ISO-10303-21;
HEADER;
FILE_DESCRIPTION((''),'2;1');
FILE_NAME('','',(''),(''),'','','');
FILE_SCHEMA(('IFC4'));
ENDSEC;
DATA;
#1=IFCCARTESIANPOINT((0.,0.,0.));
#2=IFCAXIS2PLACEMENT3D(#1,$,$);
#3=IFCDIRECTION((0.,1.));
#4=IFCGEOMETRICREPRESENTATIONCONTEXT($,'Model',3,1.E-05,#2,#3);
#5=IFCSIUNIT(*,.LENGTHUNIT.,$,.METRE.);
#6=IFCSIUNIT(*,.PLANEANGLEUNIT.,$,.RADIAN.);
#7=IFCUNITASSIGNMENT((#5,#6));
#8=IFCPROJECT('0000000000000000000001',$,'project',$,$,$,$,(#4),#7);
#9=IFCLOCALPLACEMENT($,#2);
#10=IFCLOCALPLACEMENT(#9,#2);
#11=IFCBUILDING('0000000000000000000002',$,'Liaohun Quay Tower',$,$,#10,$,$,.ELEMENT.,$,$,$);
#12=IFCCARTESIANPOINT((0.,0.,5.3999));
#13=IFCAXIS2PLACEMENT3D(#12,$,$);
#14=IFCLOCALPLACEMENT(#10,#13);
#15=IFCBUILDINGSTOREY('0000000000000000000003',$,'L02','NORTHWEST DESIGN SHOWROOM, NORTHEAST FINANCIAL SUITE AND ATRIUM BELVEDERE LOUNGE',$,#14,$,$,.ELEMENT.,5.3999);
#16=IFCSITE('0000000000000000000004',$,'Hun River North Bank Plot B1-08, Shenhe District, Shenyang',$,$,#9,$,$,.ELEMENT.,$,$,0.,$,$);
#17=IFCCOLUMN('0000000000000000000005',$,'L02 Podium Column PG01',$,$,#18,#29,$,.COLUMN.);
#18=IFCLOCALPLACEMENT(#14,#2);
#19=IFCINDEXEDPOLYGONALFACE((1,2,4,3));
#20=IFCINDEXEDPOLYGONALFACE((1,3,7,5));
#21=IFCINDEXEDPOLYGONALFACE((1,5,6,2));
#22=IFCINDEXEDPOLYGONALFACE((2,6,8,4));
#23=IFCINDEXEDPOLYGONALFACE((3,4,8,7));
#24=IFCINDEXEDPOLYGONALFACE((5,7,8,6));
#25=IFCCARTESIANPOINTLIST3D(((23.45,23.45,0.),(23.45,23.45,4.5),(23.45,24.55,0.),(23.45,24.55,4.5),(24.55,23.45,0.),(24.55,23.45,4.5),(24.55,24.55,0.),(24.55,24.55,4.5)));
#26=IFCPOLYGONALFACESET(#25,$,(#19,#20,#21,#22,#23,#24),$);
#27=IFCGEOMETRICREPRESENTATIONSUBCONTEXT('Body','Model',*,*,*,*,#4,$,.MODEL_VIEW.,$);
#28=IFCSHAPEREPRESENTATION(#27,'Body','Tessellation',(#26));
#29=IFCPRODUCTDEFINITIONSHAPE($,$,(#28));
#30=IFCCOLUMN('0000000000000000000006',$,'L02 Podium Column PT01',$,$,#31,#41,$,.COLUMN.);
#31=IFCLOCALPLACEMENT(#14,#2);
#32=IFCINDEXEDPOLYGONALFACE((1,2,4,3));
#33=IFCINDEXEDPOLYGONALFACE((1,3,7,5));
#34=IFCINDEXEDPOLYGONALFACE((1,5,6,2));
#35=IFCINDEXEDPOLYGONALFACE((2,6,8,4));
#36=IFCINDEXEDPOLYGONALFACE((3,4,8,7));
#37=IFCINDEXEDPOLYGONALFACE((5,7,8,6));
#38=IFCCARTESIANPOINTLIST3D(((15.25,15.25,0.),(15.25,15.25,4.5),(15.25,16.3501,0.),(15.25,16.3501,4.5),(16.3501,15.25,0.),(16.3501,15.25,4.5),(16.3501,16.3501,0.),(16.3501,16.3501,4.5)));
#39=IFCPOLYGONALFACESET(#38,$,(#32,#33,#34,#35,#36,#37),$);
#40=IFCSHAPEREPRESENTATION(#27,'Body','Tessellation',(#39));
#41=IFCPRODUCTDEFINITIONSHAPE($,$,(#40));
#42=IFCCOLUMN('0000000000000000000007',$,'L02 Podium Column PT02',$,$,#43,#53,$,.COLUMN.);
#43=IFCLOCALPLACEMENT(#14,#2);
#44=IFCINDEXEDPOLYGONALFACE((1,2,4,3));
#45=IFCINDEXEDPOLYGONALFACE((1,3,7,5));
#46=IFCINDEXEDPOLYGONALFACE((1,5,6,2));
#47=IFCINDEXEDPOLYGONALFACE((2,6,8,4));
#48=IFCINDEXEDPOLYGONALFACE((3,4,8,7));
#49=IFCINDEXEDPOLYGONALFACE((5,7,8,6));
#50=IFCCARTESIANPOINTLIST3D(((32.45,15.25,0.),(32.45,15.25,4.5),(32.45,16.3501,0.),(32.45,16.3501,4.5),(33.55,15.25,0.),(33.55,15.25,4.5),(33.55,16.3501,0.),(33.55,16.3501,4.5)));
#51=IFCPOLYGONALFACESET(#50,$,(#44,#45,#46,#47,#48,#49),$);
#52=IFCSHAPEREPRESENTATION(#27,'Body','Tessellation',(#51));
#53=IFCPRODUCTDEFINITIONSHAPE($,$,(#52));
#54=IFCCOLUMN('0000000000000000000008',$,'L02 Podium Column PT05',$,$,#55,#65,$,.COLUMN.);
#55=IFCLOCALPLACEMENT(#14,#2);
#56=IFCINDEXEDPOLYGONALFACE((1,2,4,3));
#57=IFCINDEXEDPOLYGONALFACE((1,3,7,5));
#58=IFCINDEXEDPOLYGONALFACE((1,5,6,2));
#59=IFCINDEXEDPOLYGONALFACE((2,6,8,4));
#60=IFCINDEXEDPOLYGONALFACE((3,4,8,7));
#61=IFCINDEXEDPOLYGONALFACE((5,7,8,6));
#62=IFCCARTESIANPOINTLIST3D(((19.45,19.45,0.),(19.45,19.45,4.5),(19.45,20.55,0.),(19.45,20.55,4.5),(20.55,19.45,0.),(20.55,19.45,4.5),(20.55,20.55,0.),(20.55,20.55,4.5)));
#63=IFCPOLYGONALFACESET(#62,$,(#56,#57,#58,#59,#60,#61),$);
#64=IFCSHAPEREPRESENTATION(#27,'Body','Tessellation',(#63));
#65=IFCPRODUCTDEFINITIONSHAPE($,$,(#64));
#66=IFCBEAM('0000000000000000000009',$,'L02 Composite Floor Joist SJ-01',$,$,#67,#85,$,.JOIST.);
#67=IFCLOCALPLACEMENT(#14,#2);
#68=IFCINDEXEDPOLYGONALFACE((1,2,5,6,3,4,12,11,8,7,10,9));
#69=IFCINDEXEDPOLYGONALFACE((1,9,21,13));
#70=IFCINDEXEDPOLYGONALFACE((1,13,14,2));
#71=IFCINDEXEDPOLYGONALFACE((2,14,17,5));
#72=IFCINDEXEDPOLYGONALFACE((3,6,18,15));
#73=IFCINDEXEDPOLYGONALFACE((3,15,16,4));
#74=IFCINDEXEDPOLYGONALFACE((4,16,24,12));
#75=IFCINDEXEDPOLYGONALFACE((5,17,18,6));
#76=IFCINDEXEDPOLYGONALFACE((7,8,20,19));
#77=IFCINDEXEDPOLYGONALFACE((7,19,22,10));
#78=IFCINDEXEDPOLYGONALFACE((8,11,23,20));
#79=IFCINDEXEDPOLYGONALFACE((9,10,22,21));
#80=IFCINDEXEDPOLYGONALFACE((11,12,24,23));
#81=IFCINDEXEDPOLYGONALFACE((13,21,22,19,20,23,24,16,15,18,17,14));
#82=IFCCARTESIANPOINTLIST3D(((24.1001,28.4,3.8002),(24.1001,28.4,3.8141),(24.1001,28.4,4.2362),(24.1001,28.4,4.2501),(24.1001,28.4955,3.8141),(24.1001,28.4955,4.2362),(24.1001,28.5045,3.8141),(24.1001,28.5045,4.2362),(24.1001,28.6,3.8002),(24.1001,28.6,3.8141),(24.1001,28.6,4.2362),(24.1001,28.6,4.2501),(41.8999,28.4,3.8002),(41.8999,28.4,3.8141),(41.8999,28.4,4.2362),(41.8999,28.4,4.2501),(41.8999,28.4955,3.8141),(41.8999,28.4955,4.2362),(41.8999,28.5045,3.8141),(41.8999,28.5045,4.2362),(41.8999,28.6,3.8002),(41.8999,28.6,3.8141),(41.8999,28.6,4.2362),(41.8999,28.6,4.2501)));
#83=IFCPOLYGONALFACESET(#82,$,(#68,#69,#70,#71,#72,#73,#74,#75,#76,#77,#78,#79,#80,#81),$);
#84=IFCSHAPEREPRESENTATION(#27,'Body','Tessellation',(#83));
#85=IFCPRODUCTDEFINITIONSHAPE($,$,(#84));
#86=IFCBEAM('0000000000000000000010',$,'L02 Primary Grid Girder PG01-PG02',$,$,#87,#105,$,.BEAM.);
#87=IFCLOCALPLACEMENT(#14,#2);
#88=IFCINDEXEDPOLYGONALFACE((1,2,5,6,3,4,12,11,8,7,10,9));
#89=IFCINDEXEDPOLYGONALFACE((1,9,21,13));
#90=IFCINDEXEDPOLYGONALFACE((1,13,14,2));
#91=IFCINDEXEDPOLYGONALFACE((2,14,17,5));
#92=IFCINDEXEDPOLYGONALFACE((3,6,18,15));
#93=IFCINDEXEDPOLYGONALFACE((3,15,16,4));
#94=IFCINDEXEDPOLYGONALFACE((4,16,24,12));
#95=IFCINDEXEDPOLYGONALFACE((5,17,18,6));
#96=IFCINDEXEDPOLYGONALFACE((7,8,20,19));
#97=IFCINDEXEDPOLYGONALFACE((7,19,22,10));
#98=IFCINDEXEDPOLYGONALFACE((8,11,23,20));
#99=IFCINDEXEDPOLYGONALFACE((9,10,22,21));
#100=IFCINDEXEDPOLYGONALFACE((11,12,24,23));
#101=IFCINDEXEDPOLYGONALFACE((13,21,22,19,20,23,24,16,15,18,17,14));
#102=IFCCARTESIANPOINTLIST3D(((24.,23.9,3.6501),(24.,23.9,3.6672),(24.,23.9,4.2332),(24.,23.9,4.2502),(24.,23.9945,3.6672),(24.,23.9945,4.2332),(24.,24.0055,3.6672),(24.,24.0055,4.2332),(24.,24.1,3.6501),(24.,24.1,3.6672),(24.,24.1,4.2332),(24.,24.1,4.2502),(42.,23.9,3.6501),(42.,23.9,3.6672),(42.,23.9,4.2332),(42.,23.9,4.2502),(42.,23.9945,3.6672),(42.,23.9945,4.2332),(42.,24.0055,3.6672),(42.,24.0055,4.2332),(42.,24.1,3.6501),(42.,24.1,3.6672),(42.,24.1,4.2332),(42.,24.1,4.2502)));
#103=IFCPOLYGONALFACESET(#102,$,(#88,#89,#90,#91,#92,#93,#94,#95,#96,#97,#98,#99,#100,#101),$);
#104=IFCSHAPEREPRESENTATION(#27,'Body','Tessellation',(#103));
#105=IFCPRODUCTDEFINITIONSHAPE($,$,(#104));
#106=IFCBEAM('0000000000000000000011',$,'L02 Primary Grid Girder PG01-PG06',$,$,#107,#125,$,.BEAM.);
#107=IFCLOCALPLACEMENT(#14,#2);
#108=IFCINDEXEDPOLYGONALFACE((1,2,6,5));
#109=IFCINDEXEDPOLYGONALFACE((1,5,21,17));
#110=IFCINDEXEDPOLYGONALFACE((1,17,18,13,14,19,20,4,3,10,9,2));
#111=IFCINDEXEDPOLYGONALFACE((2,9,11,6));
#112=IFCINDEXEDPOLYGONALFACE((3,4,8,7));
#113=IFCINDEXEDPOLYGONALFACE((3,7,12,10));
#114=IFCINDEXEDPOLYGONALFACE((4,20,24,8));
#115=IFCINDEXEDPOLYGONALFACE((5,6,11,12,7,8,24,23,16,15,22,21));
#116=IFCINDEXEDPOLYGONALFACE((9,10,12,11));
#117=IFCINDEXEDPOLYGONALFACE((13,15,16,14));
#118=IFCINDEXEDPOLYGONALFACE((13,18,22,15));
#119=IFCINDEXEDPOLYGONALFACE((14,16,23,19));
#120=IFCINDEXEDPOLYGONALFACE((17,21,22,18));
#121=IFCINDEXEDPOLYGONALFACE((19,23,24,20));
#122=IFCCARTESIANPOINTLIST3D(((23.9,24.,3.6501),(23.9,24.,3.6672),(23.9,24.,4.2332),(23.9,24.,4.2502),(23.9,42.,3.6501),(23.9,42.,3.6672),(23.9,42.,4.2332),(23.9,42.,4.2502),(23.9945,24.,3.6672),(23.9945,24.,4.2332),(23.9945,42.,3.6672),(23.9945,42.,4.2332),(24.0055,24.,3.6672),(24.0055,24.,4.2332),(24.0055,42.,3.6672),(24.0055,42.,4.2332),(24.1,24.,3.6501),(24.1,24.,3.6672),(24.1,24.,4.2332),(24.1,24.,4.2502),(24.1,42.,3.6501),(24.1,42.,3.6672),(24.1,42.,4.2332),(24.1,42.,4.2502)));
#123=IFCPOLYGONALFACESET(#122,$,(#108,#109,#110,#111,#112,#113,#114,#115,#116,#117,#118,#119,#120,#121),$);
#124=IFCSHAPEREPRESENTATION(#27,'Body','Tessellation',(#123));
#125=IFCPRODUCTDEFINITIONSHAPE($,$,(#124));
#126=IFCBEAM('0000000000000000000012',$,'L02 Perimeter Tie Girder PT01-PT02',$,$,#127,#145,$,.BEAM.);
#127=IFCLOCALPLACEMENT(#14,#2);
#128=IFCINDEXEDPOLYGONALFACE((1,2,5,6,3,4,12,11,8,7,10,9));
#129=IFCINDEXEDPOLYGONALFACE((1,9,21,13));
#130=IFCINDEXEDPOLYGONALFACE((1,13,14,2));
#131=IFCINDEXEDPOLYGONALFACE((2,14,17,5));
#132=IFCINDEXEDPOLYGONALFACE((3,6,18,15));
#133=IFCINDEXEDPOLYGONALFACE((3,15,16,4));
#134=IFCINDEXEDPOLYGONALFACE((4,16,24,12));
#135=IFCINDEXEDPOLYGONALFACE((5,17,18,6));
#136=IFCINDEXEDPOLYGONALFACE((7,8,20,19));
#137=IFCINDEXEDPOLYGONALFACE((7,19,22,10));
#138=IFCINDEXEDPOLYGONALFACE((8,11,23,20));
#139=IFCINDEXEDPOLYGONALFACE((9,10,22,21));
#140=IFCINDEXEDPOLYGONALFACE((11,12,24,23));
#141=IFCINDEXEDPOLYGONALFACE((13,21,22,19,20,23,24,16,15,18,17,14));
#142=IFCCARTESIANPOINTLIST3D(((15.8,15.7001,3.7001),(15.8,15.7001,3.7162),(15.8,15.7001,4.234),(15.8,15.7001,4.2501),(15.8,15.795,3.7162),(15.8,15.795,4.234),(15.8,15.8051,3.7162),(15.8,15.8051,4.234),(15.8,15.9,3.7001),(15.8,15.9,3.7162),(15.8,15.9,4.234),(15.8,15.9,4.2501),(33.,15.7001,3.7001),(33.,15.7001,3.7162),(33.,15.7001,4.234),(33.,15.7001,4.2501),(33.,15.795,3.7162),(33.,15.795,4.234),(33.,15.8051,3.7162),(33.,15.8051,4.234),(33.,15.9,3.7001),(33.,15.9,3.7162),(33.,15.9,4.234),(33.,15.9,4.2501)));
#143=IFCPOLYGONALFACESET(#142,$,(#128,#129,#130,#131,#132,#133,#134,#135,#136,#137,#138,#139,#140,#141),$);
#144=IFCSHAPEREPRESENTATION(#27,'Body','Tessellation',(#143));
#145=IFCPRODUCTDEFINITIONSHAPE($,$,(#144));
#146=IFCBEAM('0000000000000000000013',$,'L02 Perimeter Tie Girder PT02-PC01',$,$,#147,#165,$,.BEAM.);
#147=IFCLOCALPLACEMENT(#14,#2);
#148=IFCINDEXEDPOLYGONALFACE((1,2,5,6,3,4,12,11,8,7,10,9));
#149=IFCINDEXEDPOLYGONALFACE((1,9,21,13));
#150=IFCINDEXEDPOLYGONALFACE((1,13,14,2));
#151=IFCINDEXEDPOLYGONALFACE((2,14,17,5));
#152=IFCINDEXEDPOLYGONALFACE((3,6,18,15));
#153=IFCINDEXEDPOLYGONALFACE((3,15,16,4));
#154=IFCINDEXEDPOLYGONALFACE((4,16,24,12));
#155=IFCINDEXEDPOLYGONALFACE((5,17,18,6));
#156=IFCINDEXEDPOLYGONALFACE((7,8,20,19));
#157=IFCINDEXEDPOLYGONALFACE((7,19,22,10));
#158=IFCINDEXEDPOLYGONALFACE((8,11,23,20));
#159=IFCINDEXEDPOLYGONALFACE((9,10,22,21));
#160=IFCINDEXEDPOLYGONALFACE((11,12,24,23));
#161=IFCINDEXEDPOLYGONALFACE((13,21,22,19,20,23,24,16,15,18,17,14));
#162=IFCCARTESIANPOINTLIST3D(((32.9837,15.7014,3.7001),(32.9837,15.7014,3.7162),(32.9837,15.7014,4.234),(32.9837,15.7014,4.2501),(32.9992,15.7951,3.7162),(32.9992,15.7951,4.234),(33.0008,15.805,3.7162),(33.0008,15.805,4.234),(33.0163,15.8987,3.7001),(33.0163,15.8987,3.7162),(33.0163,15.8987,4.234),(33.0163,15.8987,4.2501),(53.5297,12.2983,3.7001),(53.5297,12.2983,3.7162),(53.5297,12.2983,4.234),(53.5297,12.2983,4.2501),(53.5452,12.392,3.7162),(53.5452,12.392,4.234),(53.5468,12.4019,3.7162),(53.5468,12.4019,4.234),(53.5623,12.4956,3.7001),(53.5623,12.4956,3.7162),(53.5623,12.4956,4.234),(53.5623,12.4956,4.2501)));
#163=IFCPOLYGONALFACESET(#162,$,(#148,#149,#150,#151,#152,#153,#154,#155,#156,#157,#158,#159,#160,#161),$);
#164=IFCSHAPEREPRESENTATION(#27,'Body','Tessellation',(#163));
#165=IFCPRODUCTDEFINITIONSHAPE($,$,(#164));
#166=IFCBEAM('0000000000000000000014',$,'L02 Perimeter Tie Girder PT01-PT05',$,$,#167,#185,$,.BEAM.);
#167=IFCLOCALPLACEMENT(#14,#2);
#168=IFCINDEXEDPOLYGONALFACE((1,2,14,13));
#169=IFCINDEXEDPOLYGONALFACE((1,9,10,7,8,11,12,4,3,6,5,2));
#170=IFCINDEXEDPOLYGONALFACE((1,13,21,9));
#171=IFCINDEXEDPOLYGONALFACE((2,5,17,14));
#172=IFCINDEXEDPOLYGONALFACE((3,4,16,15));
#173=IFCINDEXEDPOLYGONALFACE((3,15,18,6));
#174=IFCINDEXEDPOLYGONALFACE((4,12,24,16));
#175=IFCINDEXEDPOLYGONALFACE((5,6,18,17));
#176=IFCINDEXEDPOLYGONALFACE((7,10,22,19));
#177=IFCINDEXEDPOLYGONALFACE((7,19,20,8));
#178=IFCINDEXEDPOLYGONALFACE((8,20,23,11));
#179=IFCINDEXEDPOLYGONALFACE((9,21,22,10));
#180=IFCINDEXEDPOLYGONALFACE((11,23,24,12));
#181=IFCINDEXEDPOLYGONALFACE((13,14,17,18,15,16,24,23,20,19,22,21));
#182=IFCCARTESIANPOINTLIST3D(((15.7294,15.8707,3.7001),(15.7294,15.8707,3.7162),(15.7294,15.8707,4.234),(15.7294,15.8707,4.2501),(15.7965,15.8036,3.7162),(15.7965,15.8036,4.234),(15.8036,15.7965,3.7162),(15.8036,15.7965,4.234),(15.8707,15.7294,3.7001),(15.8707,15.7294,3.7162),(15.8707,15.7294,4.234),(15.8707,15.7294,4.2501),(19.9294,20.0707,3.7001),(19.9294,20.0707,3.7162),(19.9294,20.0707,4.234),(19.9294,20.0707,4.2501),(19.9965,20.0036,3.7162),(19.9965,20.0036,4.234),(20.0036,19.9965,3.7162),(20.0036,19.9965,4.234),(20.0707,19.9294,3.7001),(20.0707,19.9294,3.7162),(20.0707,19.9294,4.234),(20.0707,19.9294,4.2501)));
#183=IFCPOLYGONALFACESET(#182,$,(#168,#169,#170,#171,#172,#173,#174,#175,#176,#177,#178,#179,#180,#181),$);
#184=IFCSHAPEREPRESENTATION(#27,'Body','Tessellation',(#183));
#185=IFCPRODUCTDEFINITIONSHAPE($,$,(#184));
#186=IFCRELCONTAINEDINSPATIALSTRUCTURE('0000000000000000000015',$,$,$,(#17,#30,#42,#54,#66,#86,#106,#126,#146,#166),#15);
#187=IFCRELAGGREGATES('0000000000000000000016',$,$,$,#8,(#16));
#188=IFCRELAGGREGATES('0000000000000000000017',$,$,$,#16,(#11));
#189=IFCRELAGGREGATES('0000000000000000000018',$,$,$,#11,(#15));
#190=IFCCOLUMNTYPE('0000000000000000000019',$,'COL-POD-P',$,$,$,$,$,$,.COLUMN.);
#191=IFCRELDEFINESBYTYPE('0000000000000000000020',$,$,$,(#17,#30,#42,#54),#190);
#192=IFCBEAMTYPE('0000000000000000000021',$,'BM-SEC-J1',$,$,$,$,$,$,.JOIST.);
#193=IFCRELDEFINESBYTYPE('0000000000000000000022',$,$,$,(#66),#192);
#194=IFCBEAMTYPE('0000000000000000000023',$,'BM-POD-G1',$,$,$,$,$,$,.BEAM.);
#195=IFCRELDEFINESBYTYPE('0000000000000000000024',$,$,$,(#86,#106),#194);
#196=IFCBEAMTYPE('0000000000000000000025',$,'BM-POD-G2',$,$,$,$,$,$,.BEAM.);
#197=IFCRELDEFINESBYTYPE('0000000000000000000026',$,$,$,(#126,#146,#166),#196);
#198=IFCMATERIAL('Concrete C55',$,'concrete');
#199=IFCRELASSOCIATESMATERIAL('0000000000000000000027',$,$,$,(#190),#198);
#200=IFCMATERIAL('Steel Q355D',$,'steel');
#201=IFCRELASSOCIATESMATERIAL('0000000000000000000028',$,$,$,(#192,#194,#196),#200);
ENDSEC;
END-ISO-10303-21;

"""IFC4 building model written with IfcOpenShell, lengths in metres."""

from ifc_helpers import new_model, si_unit, direction, frame, origin, origin_2d, place, context, subcontext, project, spatial, rectangle, i_section, extrude, source, transform, mapped, material, material_profile, profile_set, type_object, element, save


model = new_model("IFC4")

# Units and contexts
model_context = context("Model", 3, precision=1e-05, world=origin(), true_north=direction((0.0, 1.0)))
body_context = subcontext(model_context, "Body", "Model", "MODEL_VIEW")
ifc_project = project(units=[si_unit("LENGTHUNIT", "METRE"), si_unit("PLANEANGLEUNIT", "RADIAN")], contexts=[model_context])

# Site, building, storey
site_placement = place(None, origin())
site = spatial("IfcSite", under=ifc_project, at=site_placement, Name="Hun River North Bank Plot B1-08, Shenhe District, Shenyang", CompositionType="ELEMENT", RefElevation=0.0)
building_placement = place(site_placement, origin())
building = spatial("IfcBuilding", under=site, at=building_placement, Name="Liaohun Quay Tower", CompositionType="ELEMENT")
storey_placement = place(building_placement, frame((0.0, 0.0, 5.3999)))
storey = spatial("IfcBuildingStorey", under=building, at=storey_placement, Name="L02", Description="NORTHWEST DESIGN SHOWROOM, NORTHEAST FINANCIAL SUITE AND ATRIUM BELVEDERE LOUNGE", CompositionType="ELEMENT", Elevation=5.3999)

# Columns
ifc_material_1 = material(Name="Concrete C55", Category="concrete")
ifc_material_profile_1 = material_profile(ifc_material_1, rectangle(XDim=1.1001, YDim=1.1001, at=origin_2d()), Name="RC1100x1100")
ifc_profile_set_1 = profile_set([ifc_material_profile_1], Name="Concrete C55")
column_type = type_object("IfcColumnType", Name="COL-POD-P", PredefinedType="COLUMN", material=ifc_profile_set_1)
shared_shape_1 = source(origin(), body_context, "Body", "SweptSolid", [
    extrude(rectangle(XDim=1.1001, YDim=1.1001, at=origin_2d()), origin(), (0.0, 0.0, 1.0), 4.5),
])
for number, where, z_axis, x_axis, name in (
    (1, (24.0, 24.0, 0.0), (0.0, 0.0, 1.0), (1.0, 0.0, 0.0), "L02 Podium Column PG01"),
    (2, (15.8, 15.8, 0.0), (0.0, 0.0, 1.0), (1.0, 0.0, 0.0), "L02 Podium Column PT01"),
    (3, (33.0, 15.8, 0.0), (0.0, 0.0, 1.0), (1.0, 0.0, 0.0), "L02 Podium Column PT02"),
    (4, (20.0, 20.0, 0.0), (0.0, 0.0, 1.0), (1.0, 0.0, 0.0), "L02 Podium Column PT05"),
):
    element("IfcColumn", number, at=place(storey_placement, frame(where, z_axis=z_axis, x_axis=x_axis)), inside=storey, type_object=column_type, Name=name, PredefinedType="COLUMN", context=body_context, shape_type="MappedRepresentation", body=[
        mapped(shared_shape_1, transform((0.0, 0.0, 0.0), x_axis=(1.0, 0.0, 0.0), y_axis=(0.0, 1.0, 0.0), z_axis=(0.0, 0.0, 1.0), scale=1.0)),
    ])

# Beams
ifc_material_2 = material(Name="Steel Q355D", Category="steel")
ifc_material_profile_2 = material_profile(ifc_material_2, i_section(OverallWidth=0.2, OverallDepth=0.45, WebThickness=0.009, FlangeThickness=0.0139, at=origin_2d()), Name="HN450x200x9x14")
ifc_profile_set_2 = profile_set([ifc_material_profile_2], Name="Steel Q355D")
beam_type_1 = type_object("IfcBeamType", Name="BM-SEC-J1", PredefinedType="JOIST", material=ifc_profile_set_2)
shared_shape_2 = source(origin(), body_context, "Body", "SweptSolid", [
    extrude(i_section(OverallWidth=0.2, OverallDepth=0.45, WebThickness=0.009, FlangeThickness=0.0139, at=origin_2d()), origin(), (0.0, 0.0, 1.0), 17.7998),
])
beam_1_placement = place(storey_placement, frame((24.1001, 28.5, 4.0251), z_axis=(1.0, 0.0, 0.0), x_axis=(0.0, 1.0, 0.0)))
element("IfcBeam", 5, at=beam_1_placement, inside=storey, type_object=beam_type_1, Name="L02 Composite Floor Joist SJ-01", PredefinedType="JOIST", context=body_context, shape_type="MappedRepresentation", body=[
    mapped(shared_shape_2, transform((0.0, 0.0, 0.0), x_axis=(1.0, 0.0, 0.0), y_axis=(0.0, 1.0, 0.0), z_axis=(0.0, 0.0, 1.0), scale=1.0)),
])
ifc_material_profile_3 = material_profile(ifc_material_2, i_section(OverallWidth=0.2, OverallDepth=0.6001, WebThickness=0.011, FlangeThickness=0.0171, at=origin_2d()), Name="HN600x200x11x17")
ifc_profile_set_3 = profile_set([ifc_material_profile_3], Name="Steel Q355D")
beam_type_2 = type_object("IfcBeamType", Name="BM-POD-G1", PredefinedType="BEAM", material=ifc_profile_set_3)
shared_shape_3 = source(origin(), body_context, "Body", "SweptSolid", [
    extrude(i_section(OverallWidth=0.2, OverallDepth=0.6001, WebThickness=0.011, FlangeThickness=0.0171, at=origin_2d()), origin(), (0.0, 0.0, 1.0), 18.0),
])
for number, where, z_axis, x_axis, name in (
    (6, (24.0, 24.0, 3.9502), (1.0, 0.0, 0.0), (0.0, 1.0, 0.0), "L02 Primary Grid Girder PG01-PG02"),
    (7, (24.0, 24.0, 3.9502), (0.0, 1.0, 0.0), (-1.0, 0.0, 0.0), "L02 Primary Grid Girder PG01-PG06"),
):
    element("IfcBeam", number, at=place(storey_placement, frame(where, z_axis=z_axis, x_axis=x_axis)), inside=storey, type_object=beam_type_2, Name=name, PredefinedType="BEAM", context=body_context, shape_type="MappedRepresentation", body=[
        mapped(shared_shape_3, transform((0.0, 0.0, 0.0), x_axis=(1.0, 0.0, 0.0), y_axis=(0.0, 1.0, 0.0), z_axis=(0.0, 0.0, 1.0), scale=1.0)),
    ])
ifc_material_profile_4 = material_profile(ifc_material_2, i_section(OverallWidth=0.2, OverallDepth=0.55, WebThickness=0.01, FlangeThickness=0.0161, at=origin_2d()), Name="HN550x200x10x16")
ifc_profile_set_4 = profile_set([ifc_material_profile_4], Name="Steel Q355D")
beam_type_3 = type_object("IfcBeamType", Name="BM-POD-G2", PredefinedType="BEAM", material=ifc_profile_set_4)
shared_shape_4 = source(origin(), body_context, "Body", "SweptSolid", [
    extrude(i_section(OverallWidth=0.2, OverallDepth=0.55, WebThickness=0.01, FlangeThickness=0.0161, at=origin_2d()), origin(), (0.0, 0.0, 1.0), 17.2),
])
beam_2_placement = place(storey_placement, frame((15.8, 15.8, 3.9751), z_axis=(1.0, 0.0, 0.0), x_axis=(0.0, 1.0, 0.0)))
element("IfcBeam", 8, at=beam_2_placement, inside=storey, type_object=beam_type_3, Name="L02 Perimeter Tie Girder PT01-PT02", PredefinedType="BEAM", context=body_context, shape_type="MappedRepresentation", body=[
    mapped(shared_shape_4, transform((0.0, 0.0, 0.0), x_axis=(1.0, 0.0, 0.0), y_axis=(0.0, 1.0, 0.0), z_axis=(0.0, 0.0, 1.0), scale=1.0)),
])
shared_shape_5 = source(origin(), body_context, "Body", "SweptSolid", [
    extrude(i_section(OverallWidth=0.2, OverallDepth=0.55, WebThickness=0.01, FlangeThickness=0.0161, at=origin_2d()), origin(), (0.0, 0.0, 1.0), 20.8259),
])
beam_3_placement = place(storey_placement, frame((33.0, 15.8, 3.9751), z_axis=(0.986559, -0.163407, 0.0), x_axis=(0.163407, 0.986559, 0.0)))
element("IfcBeam", 9, at=beam_3_placement, inside=storey, type_object=beam_type_3, Name="L02 Perimeter Tie Girder PT02-PC01", PredefinedType="BEAM", context=body_context, shape_type="MappedRepresentation", body=[
    mapped(shared_shape_5, transform((0.0, 0.0, 0.0), x_axis=(1.0, 0.0, 0.0), y_axis=(0.0, 1.0, 0.0), z_axis=(0.0, 0.0, 1.0), scale=1.0)),
])
shared_shape_6 = source(origin(), body_context, "Body", "SweptSolid", [
    extrude(i_section(OverallWidth=0.2, OverallDepth=0.55, WebThickness=0.01, FlangeThickness=0.0161, at=origin_2d()), origin(), (0.0, 0.0, 1.0), 5.9397),
])
beam_4_placement = place(storey_placement, frame((15.8, 15.8, 3.9751), z_axis=(0.707107, 0.707107, 0.0), x_axis=(-0.707107, 0.707107, 0.0)))
element("IfcBeam", 10, at=beam_4_placement, inside=storey, type_object=beam_type_3, Name="L02 Perimeter Tie Girder PT01-PT05", PredefinedType="BEAM", context=body_context, shape_type="MappedRepresentation", body=[
    mapped(shared_shape_6, transform((0.0, 0.0, 0.0), x_axis=(1.0, 0.0, 0.0), y_axis=(0.0, 1.0, 0.0), z_axis=(0.0, 0.0, 1.0), scale=1.0)),
])

save(model, "model.ifc")
